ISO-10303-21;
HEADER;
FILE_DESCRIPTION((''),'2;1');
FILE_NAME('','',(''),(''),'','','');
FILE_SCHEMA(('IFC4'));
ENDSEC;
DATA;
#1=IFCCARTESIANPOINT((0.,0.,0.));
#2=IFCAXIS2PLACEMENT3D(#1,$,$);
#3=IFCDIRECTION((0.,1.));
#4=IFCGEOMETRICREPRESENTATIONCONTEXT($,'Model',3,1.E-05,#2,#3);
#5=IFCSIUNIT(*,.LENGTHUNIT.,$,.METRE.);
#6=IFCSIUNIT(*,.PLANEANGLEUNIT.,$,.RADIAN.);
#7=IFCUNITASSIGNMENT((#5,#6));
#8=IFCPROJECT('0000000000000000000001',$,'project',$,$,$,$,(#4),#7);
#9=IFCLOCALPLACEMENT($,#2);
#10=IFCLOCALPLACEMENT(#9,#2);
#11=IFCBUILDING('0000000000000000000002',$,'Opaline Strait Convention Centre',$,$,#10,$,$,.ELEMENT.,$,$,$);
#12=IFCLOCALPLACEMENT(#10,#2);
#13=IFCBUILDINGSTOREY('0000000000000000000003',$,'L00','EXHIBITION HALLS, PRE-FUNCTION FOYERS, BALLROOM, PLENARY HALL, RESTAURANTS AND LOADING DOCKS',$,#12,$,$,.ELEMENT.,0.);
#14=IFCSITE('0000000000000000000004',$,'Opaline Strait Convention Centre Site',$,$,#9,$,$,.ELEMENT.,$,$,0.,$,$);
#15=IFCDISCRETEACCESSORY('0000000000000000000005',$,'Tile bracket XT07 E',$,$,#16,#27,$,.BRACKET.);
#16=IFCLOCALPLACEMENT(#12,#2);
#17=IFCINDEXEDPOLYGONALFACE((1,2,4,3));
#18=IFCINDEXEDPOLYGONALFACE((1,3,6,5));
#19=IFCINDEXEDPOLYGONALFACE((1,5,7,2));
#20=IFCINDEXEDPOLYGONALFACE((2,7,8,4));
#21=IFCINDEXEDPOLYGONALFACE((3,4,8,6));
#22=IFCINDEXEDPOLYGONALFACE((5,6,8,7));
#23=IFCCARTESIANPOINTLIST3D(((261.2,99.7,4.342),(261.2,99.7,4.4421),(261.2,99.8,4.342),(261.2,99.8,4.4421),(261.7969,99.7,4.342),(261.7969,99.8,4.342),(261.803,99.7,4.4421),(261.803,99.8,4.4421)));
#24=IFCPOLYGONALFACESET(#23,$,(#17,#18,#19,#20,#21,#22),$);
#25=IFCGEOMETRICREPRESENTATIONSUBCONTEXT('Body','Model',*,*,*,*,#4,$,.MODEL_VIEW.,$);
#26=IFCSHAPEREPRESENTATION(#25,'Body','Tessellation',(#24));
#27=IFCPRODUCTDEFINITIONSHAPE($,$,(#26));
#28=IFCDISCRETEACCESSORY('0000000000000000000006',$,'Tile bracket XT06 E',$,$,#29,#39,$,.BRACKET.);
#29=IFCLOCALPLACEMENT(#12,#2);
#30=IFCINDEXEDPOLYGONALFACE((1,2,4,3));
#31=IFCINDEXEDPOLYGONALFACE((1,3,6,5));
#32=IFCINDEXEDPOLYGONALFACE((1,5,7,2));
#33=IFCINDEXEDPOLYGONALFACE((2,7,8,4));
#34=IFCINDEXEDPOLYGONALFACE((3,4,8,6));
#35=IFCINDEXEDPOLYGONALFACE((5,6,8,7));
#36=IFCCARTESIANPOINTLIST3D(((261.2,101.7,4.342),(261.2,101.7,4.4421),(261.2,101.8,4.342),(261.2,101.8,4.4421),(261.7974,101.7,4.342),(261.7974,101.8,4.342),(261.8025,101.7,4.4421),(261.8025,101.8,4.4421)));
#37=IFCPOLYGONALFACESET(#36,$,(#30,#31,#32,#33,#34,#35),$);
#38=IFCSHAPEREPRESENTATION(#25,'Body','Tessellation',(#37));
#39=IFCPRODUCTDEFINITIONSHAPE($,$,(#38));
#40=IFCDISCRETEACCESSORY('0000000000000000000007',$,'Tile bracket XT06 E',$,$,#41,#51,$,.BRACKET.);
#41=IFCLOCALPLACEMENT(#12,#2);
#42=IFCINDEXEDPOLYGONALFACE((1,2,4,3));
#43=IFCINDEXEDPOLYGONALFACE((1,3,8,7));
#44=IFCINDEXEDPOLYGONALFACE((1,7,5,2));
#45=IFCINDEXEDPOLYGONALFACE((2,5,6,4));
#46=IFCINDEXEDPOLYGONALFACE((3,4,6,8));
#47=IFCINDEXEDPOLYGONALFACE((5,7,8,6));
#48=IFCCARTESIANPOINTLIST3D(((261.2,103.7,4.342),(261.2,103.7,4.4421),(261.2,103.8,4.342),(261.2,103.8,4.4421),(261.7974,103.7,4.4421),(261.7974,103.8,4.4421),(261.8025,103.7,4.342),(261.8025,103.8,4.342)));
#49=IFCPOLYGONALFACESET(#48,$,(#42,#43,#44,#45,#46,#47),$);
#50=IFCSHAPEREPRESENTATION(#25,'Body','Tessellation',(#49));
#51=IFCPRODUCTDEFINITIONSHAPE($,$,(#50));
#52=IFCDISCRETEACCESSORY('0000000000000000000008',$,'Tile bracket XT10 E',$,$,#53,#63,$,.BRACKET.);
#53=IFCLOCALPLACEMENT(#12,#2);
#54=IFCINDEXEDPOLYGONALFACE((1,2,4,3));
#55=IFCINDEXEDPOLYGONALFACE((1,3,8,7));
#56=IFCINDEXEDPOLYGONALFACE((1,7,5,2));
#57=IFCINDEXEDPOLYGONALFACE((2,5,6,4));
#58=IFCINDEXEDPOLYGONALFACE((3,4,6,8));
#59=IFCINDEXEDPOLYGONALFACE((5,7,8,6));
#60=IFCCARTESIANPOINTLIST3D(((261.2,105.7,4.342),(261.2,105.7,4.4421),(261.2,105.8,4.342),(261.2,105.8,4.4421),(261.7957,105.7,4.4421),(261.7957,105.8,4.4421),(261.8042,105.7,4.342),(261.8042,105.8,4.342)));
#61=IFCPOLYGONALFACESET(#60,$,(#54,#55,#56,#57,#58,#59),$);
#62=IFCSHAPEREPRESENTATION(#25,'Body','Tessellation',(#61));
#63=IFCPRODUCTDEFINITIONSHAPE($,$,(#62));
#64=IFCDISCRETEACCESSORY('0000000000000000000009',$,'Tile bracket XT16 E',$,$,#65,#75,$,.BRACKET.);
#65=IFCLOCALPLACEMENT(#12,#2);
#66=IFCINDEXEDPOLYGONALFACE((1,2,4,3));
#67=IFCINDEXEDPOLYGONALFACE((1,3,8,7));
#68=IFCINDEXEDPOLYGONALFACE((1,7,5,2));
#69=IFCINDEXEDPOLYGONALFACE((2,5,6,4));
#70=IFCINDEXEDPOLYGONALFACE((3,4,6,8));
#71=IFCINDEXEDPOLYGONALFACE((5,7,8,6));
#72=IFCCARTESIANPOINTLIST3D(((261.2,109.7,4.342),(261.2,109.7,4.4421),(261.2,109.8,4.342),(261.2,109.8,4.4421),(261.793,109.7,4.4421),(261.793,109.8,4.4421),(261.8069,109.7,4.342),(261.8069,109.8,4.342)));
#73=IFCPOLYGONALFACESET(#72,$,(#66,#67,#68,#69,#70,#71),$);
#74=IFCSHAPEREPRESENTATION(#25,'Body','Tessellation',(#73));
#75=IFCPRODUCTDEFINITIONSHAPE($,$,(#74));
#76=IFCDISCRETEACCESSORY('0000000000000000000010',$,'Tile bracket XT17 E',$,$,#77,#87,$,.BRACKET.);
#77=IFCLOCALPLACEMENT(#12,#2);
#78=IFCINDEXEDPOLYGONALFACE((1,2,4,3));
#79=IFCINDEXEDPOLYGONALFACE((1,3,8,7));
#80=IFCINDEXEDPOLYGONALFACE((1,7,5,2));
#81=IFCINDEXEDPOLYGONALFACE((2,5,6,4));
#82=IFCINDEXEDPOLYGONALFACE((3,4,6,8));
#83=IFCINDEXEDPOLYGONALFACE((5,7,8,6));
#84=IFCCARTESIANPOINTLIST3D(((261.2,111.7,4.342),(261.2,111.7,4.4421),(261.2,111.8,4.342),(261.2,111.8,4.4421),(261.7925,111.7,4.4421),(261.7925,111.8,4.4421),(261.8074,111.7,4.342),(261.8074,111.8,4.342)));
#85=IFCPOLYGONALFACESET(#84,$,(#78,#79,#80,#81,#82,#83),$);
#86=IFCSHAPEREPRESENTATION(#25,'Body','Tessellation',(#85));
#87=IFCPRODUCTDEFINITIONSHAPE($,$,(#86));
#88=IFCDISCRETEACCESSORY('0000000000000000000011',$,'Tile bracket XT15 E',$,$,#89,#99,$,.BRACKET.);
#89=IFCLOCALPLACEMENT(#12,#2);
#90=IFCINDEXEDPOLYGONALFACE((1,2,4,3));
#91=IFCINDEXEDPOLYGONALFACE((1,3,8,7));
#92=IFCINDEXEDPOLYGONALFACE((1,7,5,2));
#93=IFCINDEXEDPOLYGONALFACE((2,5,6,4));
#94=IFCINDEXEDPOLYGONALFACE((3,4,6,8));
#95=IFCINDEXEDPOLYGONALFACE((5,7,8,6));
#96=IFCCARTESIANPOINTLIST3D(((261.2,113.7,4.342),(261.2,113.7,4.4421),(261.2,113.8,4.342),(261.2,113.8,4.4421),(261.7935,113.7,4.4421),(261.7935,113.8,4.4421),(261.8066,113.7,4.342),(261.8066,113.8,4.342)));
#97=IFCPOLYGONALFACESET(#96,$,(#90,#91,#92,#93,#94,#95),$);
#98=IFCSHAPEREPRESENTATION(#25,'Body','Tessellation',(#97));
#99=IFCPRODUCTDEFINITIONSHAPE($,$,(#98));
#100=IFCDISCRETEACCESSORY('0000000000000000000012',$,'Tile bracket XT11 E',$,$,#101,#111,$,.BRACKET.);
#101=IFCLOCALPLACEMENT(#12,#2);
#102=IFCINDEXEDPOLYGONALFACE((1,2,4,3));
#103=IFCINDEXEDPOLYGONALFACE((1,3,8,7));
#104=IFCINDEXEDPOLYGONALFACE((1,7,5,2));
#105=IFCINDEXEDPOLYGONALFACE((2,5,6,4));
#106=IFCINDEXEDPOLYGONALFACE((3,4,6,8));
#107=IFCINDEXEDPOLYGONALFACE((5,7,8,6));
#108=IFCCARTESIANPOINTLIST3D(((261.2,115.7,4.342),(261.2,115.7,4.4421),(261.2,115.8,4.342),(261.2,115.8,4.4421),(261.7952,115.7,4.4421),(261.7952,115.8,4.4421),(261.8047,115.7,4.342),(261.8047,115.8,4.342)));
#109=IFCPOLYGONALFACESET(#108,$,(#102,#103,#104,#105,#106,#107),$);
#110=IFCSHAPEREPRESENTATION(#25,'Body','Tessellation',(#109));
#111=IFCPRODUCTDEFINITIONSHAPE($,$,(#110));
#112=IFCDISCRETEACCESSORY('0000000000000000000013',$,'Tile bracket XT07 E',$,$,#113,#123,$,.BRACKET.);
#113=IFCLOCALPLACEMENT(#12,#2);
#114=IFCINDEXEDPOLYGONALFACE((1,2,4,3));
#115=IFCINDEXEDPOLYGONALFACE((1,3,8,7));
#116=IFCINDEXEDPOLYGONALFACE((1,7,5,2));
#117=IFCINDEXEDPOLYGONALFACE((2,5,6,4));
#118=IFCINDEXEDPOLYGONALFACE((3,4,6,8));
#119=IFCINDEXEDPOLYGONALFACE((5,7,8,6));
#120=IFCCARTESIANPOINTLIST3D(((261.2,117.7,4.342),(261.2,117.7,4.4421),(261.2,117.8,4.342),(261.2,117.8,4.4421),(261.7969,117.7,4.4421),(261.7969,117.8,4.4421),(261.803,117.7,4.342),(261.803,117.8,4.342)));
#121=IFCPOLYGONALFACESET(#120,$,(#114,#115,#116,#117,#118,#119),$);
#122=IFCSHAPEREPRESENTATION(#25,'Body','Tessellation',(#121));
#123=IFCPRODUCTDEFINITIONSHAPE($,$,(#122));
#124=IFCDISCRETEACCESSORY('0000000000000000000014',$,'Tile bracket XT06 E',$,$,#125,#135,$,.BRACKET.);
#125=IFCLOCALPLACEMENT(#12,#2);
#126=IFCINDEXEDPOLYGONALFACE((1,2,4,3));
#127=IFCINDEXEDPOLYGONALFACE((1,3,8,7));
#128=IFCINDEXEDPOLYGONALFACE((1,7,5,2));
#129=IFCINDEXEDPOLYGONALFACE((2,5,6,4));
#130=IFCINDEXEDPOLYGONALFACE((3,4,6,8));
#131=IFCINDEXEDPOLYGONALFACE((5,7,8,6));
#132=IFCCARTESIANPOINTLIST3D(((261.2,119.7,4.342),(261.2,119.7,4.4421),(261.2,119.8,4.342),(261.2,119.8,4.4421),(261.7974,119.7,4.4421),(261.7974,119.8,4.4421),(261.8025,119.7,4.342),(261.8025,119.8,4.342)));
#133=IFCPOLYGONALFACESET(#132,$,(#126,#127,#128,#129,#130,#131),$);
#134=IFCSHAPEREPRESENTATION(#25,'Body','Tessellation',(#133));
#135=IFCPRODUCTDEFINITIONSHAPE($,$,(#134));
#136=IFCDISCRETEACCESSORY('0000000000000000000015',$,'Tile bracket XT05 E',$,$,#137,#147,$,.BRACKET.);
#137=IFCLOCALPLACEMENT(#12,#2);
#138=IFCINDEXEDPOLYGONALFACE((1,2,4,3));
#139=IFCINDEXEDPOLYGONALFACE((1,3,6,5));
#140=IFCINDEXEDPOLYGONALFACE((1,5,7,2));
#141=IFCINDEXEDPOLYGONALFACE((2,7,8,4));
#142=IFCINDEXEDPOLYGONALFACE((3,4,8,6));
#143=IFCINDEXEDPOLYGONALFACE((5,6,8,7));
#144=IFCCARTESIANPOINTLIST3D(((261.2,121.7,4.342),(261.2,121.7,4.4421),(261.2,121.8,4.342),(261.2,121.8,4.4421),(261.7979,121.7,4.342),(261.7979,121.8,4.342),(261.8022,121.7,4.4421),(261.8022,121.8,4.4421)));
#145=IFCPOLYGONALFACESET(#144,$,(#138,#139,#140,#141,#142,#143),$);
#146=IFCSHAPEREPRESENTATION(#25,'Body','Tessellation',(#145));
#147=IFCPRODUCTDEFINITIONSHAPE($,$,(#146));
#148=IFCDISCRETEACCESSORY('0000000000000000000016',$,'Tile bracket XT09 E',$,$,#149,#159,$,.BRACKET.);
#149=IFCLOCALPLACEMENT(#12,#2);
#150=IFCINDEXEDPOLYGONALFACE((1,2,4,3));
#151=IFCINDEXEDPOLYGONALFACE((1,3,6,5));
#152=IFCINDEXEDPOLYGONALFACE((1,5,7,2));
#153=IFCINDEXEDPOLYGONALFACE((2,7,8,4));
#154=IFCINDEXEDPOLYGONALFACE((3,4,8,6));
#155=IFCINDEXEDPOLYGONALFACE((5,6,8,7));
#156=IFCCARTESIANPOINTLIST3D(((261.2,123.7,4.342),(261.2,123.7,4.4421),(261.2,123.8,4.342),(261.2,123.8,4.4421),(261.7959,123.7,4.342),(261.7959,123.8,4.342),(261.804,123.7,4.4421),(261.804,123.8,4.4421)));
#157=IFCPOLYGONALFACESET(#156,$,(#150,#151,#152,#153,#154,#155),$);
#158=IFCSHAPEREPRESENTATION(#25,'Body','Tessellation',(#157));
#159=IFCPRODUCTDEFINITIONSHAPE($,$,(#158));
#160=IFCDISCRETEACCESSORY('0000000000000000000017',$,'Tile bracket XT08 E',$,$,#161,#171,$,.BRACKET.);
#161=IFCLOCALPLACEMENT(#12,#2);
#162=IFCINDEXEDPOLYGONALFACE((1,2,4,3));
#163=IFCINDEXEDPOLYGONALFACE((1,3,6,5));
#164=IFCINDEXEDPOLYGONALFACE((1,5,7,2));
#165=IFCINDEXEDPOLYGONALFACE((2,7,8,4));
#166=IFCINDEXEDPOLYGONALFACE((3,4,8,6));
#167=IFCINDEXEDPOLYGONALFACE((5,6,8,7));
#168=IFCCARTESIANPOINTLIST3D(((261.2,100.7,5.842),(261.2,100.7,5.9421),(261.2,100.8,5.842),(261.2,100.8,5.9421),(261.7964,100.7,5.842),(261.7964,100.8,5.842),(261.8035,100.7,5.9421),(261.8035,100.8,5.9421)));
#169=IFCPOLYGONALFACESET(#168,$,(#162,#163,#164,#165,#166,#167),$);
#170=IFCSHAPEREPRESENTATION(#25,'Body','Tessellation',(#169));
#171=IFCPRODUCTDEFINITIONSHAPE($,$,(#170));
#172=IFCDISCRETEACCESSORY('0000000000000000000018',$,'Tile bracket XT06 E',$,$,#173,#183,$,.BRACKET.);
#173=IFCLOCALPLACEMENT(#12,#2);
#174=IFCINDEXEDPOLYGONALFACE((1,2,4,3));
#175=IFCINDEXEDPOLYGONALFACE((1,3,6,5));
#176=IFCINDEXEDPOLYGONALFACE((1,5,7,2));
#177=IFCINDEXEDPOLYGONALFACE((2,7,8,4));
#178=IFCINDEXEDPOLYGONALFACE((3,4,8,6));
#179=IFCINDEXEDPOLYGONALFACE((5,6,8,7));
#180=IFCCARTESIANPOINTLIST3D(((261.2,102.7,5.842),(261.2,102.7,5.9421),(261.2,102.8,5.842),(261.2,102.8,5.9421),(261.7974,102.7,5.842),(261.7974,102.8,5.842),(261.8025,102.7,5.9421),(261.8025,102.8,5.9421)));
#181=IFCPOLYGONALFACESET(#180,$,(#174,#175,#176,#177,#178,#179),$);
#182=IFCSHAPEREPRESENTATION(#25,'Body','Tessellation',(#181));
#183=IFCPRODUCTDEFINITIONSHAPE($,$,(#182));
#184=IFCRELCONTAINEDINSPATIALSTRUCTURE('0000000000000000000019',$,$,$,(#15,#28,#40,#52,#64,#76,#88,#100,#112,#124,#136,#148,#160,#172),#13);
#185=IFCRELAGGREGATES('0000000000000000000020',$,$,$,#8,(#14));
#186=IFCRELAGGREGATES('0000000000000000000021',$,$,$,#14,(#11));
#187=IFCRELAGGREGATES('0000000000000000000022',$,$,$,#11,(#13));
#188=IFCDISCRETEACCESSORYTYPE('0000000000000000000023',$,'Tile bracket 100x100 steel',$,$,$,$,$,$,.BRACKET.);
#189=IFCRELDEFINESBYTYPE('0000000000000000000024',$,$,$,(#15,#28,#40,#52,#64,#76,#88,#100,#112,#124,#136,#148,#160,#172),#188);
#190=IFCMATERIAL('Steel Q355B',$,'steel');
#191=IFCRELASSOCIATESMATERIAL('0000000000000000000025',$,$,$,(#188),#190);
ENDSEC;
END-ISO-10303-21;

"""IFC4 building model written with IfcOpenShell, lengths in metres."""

from ifc_helpers import new_model, si_unit, direction, frame, origin, place, context, subcontext, project, spatial, polyline, outline, extrude, material, type_object, element, save


model = new_model("IFC4")

# Units and contexts
model_context = context("Model", 3, precision=1e-05, world=origin(), true_north=direction((0.0, 1.0)))
body_context = subcontext(model_context, "Body", "Model", "MODEL_VIEW")
ifc_project = project(units=[si_unit("LENGTHUNIT", "METRE"), si_unit("PLANEANGLEUNIT", "RADIAN")], contexts=[model_context])

# Site, building, storey
site_placement = place(None, origin())
site = spatial("IfcSite", under=ifc_project, at=site_placement, Name="Opaline Strait Convention Centre Site", CompositionType="ELEMENT", RefElevation=0.0)
building_placement = place(site_placement, origin())
building = spatial("IfcBuilding", under=site, at=building_placement, Name="Opaline Strait Convention Centre", CompositionType="ELEMENT")
storey_placement = place(building_placement, origin())
storey = spatial("IfcBuildingStorey", under=building, at=storey_placement, Name="L00", Description="EXHIBITION HALLS, PRE-FUNCTION FOYERS, BALLROOM, PLENARY HALL, RESTAURANTS AND LOADING DOCKS", CompositionType="ELEMENT", Elevation=0.0)

# Discrete accessories
ifc_material = material(Name="Steel Q355B", Category="steel")
discrete_accessory_type = type_object("IfcDiscreteAccessoryType", Name="Tile bracket 100x100 steel", PredefinedType="BRACKET", material=ifc_material)
discrete_accessory_1_placement = place(storey_placement, frame((261.2, 99.7, 4.3921), z_axis=(0.0, 1.0, 0.0), x_axis=(-1.0, 0.0, 0.0)))
element("IfcDiscreteAccessory", 1, at=discrete_accessory_1_placement, inside=storey, type_object=discrete_accessory_type, Name="Tile bracket XT07 E", PredefinedType="BRACKET", context=body_context, shape_type="SweptSolid", body=[
    extrude(outline(polyline([(0.0, -0.05), (0.0, 0.05), (-0.603, 0.05), (-0.5969, -0.05), (0.0, -0.05)])), origin(), (0.0, 0.0, 1.0), 0.1001),
])
discrete_accessory_2_placement = place(storey_placement, frame((261.2, 101.7, 4.3921), z_axis=(0.0, 1.0, 0.0), x_axis=(-1.0, 0.0, 0.0)))
element("IfcDiscreteAccessory", 2, at=discrete_accessory_2_placement, inside=storey, type_object=discrete_accessory_type, Name="Tile bracket XT06 E", PredefinedType="BRACKET", context=body_context, shape_type="SweptSolid", body=[
    extrude(outline(polyline([(0.0, -0.05), (0.0, 0.05), (-0.6025, 0.05), (-0.5974, -0.05), (0.0, -0.05)])), origin(), (0.0, 0.0, 1.0), 0.1001),
])
discrete_accessory_3_placement = place(storey_placement, frame((261.2, 103.7, 4.3921), z_axis=(0.0, 1.0, 0.0), x_axis=(-1.0, 0.0, 0.0)))
element("IfcDiscreteAccessory", 3, at=discrete_accessory_3_placement, inside=storey, type_object=discrete_accessory_type, Name="Tile bracket XT06 E", PredefinedType="BRACKET", context=body_context, shape_type="SweptSolid", body=[
    extrude(outline(polyline([(0.0, -0.05), (0.0, 0.05), (-0.5974, 0.05), (-0.6025, -0.05), (0.0, -0.05)])), origin(), (0.0, 0.0, 1.0), 0.1001),
])
discrete_accessory_4_placement = place(storey_placement, frame((261.2, 105.7, 4.3921), z_axis=(0.0, 1.0, 0.0), x_axis=(-1.0, 0.0, 0.0)))
element("IfcDiscreteAccessory", 4, at=discrete_accessory_4_placement, inside=storey, type_object=discrete_accessory_type, Name="Tile bracket XT10 E", PredefinedType="BRACKET", context=body_context, shape_type="SweptSolid", body=[
    extrude(outline(polyline([(0.0, -0.05), (0.0, 0.05), (-0.5957, 0.05), (-0.6042, -0.05), (0.0, -0.05)])), origin(), (0.0, 0.0, 1.0), 0.1001),
])
discrete_accessory_5_placement = place(storey_placement, frame((261.2, 109.7, 4.3921), z_axis=(0.0, 1.0, 0.0), x_axis=(-1.0, 0.0, 0.0)))
element("IfcDiscreteAccessory", 5, at=discrete_accessory_5_placement, inside=storey, type_object=discrete_accessory_type, Name="Tile bracket XT16 E", PredefinedType="BRACKET", context=body_context, shape_type="SweptSolid", body=[
    extrude(outline(polyline([(0.0, -0.05), (0.0, 0.05), (-0.593, 0.05), (-0.6069, -0.05), (0.0, -0.05)])), origin(), (0.0, 0.0, 1.0), 0.1001),
])
discrete_accessory_6_placement = place(storey_placement, frame((261.2, 111.7, 4.3921), z_axis=(0.0, 1.0, 0.0), x_axis=(-1.0, 0.0, 0.0)))
element("IfcDiscreteAccessory", 6, at=discrete_accessory_6_placement, inside=storey, type_object=discrete_accessory_type, Name="Tile bracket XT17 E", PredefinedType="BRACKET", context=body_context, shape_type="SweptSolid", body=[
    extrude(outline(polyline([(0.0, -0.05), (0.0, 0.05), (-0.5925, 0.05), (-0.6074, -0.05), (0.0, -0.05)])), origin(), (0.0, 0.0, 1.0), 0.1001),
])
discrete_accessory_7_placement = place(storey_placement, frame((261.2, 113.7, 4.3921), z_axis=(0.0, 1.0, 0.0), x_axis=(-1.0, 0.0, 0.0)))
element("IfcDiscreteAccessory", 7, at=discrete_accessory_7_placement, inside=storey, type_object=discrete_accessory_type, Name="Tile bracket XT15 E", PredefinedType="BRACKET", context=body_context, shape_type="SweptSolid", body=[
    extrude(outline(polyline([(0.0, -0.05), (0.0, 0.05), (-0.5935, 0.05), (-0.6067, -0.05), (0.0, -0.05)])), origin(), (0.0, 0.0, 1.0), 0.1001),
])
discrete_accessory_8_placement = place(storey_placement, frame((261.2, 115.7, 4.3921), z_axis=(0.0, 1.0, 0.0), x_axis=(-1.0, 0.0, 0.0)))
element("IfcDiscreteAccessory", 8, at=discrete_accessory_8_placement, inside=storey, type_object=discrete_accessory_type, Name="Tile bracket XT11 E", PredefinedType="BRACKET", context=body_context, shape_type="SweptSolid", body=[
    extrude(outline(polyline([(0.0, -0.05), (0.0, 0.05), (-0.5952, 0.05), (-0.6047, -0.05), (0.0, -0.05)])), origin(), (0.0, 0.0, 1.0), 0.1001),
])
discrete_accessory_9_placement = place(storey_placement, frame((261.2, 117.7, 4.3921), z_axis=(0.0, 1.0, 0.0), x_axis=(-1.0, 0.0, 0.0)))
element("IfcDiscreteAccessory", 9, at=discrete_accessory_9_placement, inside=storey, type_object=discrete_accessory_type, Name="Tile bracket XT07 E", PredefinedType="BRACKET", context=body_context, shape_type="SweptSolid", body=[
    extrude(outline(polyline([(0.0, -0.05), (0.0, 0.05), (-0.5969, 0.05), (-0.603, -0.05), (0.0, -0.05)])), origin(), (0.0, 0.0, 1.0), 0.1001),
])
discrete_accessory_10_placement = place(storey_placement, frame((261.2, 119.7, 4.3921), z_axis=(0.0, 1.0, 0.0), x_axis=(-1.0, 0.0, 0.0)))
element("IfcDiscreteAccessory", 10, at=discrete_accessory_10_placement, inside=storey, type_object=discrete_accessory_type, Name="Tile bracket XT06 E", PredefinedType="BRACKET", context=body_context, shape_type="SweptSolid", body=[
    extrude(outline(polyline([(0.0, -0.05), (0.0, 0.05), (-0.5974, 0.05), (-0.6025, -0.05), (0.0, -0.05)])), origin(), (0.0, 0.0, 1.0), 0.1001),
])
discrete_accessory_11_placement = place(storey_placement, frame((261.2, 121.7, 4.3921), z_axis=(0.0, 1.0, 0.0), x_axis=(-1.0, 0.0, 0.0)))
element("IfcDiscreteAccessory", 11, at=discrete_accessory_11_placement, inside=storey, type_object=discrete_accessory_type, Name="Tile bracket XT05 E", PredefinedType="BRACKET", context=body_context, shape_type="SweptSolid", body=[
    extrude(outline(polyline([(0.0, -0.05), (0.0, 0.05), (-0.6023, 0.05), (-0.5979, -0.05), (0.0, -0.05)])), origin(), (0.0, 0.0, 1.0), 0.1001),
])
discrete_accessory_12_placement = place(storey_placement, frame((261.2, 123.7, 4.3921), z_axis=(0.0, 1.0, 0.0), x_axis=(-1.0, 0.0, 0.0)))
element("IfcDiscreteAccessory", 12, at=discrete_accessory_12_placement, inside=storey, type_object=discrete_accessory_type, Name="Tile bracket XT09 E", PredefinedType="BRACKET", context=body_context, shape_type="SweptSolid", body=[
    extrude(outline(polyline([(0.0, -0.05), (0.0, 0.05), (-0.604, 0.05), (-0.5959, -0.05), (0.0, -0.05)])), origin(), (0.0, 0.0, 1.0), 0.1001),
])
discrete_accessory_13_placement = place(storey_placement, frame((261.2, 100.7, 5.8921), z_axis=(0.0, 1.0, 0.0), x_axis=(-1.0, 0.0, 0.0)))
element("IfcDiscreteAccessory", 13, at=discrete_accessory_13_placement, inside=storey, type_object=discrete_accessory_type, Name="Tile bracket XT08 E", PredefinedType="BRACKET", context=body_context, shape_type="SweptSolid", body=[
    extrude(outline(polyline([(0.0, -0.05), (0.0, 0.05), (-0.6035, 0.05), (-0.5964, -0.05), (0.0, -0.05)])), origin(), (0.0, 0.0, 1.0), 0.1001),
])
discrete_accessory_14_placement = place(storey_placement, frame((261.2, 102.7, 5.8921), z_axis=(0.0, 1.0, 0.0), x_axis=(-1.0, 0.0, 0.0)))
element("IfcDiscreteAccessory", 14, at=discrete_accessory_14_placement, inside=storey, type_object=discrete_accessory_type, Name="Tile bracket XT06 E", PredefinedType="BRACKET", context=body_context, shape_type="SweptSolid", body=[
    extrude(outline(polyline([(0.0, -0.05), (0.0, 0.05), (-0.6025, 0.05), (-0.5974, -0.05), (0.0, -0.05)])), origin(), (0.0, 0.0, 1.0), 0.1001),
])

save(model, "model.ifc")
